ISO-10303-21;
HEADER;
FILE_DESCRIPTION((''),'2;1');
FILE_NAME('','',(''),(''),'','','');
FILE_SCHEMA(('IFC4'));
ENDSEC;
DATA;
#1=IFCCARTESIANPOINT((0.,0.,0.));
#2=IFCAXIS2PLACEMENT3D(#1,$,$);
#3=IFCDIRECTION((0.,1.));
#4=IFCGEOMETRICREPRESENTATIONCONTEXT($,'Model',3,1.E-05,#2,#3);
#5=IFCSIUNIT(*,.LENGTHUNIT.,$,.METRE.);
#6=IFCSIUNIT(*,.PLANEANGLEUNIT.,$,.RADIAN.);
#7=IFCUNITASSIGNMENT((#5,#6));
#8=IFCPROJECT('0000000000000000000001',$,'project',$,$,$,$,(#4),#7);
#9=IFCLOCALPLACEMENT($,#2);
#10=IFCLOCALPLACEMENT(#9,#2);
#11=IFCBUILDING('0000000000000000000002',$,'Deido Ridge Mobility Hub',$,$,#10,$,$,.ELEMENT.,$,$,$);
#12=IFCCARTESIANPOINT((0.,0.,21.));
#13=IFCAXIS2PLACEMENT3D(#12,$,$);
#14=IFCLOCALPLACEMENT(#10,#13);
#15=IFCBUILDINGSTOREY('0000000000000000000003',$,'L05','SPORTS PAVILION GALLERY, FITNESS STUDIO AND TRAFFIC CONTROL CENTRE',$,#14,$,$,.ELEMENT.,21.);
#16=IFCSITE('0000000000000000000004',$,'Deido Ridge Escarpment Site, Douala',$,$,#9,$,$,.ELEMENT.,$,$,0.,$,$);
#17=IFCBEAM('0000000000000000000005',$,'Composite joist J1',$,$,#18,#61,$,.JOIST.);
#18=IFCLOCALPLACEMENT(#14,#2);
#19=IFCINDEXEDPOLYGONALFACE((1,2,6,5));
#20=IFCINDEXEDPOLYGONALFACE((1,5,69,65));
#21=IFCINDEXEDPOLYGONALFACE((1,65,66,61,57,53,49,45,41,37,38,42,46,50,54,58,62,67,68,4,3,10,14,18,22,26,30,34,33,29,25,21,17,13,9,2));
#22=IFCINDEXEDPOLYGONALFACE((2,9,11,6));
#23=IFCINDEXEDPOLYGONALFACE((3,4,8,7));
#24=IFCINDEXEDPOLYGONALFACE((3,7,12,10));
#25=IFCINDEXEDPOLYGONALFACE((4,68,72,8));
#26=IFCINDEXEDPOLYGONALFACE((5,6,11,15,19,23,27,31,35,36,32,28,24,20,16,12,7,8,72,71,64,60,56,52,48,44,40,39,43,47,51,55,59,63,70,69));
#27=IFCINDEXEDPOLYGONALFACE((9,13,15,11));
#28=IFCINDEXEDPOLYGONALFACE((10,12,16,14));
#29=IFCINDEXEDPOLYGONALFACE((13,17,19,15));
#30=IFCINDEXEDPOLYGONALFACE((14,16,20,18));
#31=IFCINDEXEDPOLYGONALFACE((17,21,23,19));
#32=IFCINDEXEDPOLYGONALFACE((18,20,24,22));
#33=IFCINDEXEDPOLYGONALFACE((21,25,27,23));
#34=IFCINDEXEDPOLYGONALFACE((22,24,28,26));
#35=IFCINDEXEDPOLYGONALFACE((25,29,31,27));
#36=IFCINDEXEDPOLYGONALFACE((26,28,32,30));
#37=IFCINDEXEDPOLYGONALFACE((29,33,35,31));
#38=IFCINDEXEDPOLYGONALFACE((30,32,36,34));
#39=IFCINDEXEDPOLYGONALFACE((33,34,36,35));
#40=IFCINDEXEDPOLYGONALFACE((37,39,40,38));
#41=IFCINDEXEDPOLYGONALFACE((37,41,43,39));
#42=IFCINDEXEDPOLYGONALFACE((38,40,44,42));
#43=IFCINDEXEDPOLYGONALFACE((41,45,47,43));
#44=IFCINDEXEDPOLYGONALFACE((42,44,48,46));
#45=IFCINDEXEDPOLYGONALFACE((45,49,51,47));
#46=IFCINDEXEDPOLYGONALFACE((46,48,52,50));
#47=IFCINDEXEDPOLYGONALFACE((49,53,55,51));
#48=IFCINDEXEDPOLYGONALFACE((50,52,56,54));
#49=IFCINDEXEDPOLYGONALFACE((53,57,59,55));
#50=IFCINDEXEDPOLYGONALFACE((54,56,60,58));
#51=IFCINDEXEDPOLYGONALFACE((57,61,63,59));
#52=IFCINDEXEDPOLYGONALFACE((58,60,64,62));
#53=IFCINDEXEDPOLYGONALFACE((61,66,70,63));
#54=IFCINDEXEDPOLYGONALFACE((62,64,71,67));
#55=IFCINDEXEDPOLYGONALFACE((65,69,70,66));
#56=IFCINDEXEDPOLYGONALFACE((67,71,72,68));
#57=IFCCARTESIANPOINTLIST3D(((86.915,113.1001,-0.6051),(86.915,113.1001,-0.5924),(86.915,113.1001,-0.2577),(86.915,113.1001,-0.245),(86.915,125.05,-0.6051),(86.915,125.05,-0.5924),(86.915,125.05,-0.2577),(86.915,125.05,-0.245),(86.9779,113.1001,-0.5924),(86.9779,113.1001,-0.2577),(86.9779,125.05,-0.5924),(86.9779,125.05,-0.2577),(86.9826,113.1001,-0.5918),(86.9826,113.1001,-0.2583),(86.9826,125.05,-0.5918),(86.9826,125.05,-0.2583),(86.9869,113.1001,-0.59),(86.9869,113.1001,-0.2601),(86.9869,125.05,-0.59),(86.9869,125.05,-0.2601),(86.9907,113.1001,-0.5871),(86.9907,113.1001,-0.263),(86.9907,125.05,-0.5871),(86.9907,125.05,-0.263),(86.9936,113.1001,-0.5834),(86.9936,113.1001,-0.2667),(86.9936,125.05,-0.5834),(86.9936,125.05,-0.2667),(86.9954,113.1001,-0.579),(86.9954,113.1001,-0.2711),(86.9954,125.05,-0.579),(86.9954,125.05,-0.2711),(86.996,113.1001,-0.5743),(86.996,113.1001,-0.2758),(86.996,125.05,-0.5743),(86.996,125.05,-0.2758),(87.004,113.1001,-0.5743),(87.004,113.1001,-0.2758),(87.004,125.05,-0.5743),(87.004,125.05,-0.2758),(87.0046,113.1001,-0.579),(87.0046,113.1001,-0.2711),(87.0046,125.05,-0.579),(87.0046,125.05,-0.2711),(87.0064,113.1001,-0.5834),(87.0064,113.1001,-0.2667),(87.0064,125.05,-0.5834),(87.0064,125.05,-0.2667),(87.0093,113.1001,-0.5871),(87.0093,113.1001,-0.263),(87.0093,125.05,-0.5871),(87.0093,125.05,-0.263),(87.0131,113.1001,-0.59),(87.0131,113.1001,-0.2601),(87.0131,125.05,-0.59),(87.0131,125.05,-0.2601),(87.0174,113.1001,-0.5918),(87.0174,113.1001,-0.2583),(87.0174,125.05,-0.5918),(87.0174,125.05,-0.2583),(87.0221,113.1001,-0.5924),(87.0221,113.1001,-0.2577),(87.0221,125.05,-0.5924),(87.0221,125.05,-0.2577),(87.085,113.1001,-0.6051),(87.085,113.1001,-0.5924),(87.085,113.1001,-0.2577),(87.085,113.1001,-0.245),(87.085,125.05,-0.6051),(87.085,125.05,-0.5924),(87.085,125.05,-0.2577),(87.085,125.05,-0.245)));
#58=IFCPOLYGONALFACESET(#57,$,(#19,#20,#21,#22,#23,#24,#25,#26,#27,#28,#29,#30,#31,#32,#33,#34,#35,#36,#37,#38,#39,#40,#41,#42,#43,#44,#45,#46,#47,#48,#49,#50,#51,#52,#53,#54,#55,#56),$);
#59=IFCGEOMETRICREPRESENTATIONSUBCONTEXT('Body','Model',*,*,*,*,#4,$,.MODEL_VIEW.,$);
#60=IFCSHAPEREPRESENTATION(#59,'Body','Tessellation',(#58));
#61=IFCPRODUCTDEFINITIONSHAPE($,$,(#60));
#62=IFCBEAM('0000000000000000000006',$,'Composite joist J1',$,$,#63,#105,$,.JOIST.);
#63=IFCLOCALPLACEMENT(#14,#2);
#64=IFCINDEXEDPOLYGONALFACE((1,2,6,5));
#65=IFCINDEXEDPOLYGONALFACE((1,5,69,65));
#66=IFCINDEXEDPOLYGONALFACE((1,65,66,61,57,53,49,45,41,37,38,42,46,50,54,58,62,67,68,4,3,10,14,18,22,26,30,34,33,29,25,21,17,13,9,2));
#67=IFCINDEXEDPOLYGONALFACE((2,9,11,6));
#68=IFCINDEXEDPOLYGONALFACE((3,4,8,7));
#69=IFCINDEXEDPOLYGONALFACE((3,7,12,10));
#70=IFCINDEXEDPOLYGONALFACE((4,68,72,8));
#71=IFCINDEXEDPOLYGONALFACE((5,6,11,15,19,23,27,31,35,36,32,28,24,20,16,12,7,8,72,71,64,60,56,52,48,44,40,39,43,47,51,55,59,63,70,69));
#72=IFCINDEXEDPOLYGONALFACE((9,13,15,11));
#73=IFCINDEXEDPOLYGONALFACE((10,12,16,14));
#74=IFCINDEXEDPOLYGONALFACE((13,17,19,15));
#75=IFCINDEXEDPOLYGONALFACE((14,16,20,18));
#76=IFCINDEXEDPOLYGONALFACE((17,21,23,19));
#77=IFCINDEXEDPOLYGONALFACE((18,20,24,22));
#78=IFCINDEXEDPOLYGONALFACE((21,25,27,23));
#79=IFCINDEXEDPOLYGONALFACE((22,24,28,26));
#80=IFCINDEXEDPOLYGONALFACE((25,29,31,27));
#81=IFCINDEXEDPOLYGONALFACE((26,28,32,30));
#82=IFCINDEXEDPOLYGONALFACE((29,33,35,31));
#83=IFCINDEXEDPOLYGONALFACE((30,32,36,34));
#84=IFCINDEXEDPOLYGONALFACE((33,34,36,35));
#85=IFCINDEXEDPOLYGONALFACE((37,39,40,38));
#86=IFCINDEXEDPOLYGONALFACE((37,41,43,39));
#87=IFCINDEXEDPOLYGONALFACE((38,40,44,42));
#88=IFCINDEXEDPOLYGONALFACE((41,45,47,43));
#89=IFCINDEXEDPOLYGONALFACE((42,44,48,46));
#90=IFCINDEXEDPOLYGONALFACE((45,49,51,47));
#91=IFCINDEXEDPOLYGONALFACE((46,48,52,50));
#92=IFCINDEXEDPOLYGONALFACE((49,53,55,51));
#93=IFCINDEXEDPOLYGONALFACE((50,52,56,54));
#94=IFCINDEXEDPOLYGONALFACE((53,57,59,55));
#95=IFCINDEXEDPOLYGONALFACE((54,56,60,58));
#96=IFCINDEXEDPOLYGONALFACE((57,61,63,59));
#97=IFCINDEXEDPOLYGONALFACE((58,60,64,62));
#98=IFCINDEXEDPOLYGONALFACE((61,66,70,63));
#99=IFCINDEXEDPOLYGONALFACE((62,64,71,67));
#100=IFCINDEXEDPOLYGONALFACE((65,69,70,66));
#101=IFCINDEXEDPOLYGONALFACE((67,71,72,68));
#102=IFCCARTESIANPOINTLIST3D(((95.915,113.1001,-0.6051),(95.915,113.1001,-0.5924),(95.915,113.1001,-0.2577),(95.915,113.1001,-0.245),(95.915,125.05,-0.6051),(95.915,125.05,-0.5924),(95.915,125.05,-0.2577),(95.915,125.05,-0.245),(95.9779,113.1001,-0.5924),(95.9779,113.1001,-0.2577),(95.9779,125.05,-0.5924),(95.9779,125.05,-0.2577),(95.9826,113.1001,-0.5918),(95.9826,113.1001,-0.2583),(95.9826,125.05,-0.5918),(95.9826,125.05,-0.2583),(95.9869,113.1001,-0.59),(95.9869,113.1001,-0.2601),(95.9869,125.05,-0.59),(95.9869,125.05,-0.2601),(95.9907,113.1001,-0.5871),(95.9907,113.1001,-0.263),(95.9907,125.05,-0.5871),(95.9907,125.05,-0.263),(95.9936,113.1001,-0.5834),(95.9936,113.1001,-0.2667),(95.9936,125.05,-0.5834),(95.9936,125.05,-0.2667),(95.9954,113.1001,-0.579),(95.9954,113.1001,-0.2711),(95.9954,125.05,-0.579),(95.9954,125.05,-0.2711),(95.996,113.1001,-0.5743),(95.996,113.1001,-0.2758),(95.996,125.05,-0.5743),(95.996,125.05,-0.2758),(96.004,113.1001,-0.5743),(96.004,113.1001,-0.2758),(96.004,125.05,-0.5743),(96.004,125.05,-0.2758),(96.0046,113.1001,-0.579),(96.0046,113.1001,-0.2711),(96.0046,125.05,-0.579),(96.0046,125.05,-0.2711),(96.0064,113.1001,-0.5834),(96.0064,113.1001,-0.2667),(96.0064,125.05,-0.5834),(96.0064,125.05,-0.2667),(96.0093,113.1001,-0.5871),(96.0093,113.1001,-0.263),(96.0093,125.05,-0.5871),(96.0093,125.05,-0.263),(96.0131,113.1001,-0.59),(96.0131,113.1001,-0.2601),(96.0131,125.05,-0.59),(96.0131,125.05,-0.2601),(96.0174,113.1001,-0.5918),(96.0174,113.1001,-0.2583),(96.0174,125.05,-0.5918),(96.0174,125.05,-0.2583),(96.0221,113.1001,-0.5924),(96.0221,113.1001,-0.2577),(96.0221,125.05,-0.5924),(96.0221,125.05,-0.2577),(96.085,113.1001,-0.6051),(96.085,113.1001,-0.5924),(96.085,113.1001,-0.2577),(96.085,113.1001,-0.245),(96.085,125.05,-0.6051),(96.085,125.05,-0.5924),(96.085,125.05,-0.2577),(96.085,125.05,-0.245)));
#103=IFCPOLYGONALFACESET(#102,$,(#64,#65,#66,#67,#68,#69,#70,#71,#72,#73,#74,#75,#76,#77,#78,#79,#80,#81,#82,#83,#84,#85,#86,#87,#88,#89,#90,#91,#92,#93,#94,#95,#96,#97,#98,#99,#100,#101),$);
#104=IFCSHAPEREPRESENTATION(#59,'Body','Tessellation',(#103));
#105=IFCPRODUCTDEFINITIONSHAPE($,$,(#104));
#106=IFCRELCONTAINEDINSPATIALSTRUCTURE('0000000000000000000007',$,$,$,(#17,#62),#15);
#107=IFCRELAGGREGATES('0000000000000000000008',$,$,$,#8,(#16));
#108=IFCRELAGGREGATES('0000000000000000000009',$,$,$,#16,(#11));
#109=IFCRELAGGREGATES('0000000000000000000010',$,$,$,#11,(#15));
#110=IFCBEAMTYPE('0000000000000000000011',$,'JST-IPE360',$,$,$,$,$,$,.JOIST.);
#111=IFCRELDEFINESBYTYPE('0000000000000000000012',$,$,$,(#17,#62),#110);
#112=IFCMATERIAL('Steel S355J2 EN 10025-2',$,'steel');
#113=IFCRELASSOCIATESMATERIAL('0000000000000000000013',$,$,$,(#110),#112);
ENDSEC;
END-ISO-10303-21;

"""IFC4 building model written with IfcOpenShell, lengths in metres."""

from ifc_helpers import new_model, si_unit, direction, frame, origin, origin_2d, place, context, subcontext, project, spatial, i_section, extrude, material, material_profile, profile_set, type_object, element, save


model = new_model("IFC4")

# Units and contexts
model_context = context("Model", 3, precision=1e-05, world=origin(), true_north=direction((0.0, 1.0)))
body_context = subcontext(model_context, "Body", "Model", "MODEL_VIEW")
ifc_project = project(units=[si_unit("LENGTHUNIT", "METRE"), si_unit("PLANEANGLEUNIT", "RADIAN")], contexts=[model_context])

# Site, building, storey
site_placement = place(None, origin())
site = spatial("IfcSite", under=ifc_project, at=site_placement, Name="Deido Ridge Escarpment Site, Douala", CompositionType="ELEMENT", RefElevation=0.0)
building_placement = place(site_placement, origin())
building = spatial("IfcBuilding", under=site, at=building_placement, Name="Deido Ridge Mobility Hub", CompositionType="ELEMENT")
storey_placement = place(building_placement, frame((0.0, 0.0, 21.0)))
storey = spatial("IfcBuildingStorey", under=building, at=storey_placement, Name="L05", Description="SPORTS PAVILION GALLERY, FITNESS STUDIO AND TRAFFIC CONTROL CENTRE", CompositionType="ELEMENT", Elevation=21.0)

# Beams
ifc_material = material(Name="Steel S355J2 EN 10025-2", Category="steel")
ifc_material_profile_1 = material_profile(ifc_material, i_section(OverallWidth=0.1699, OverallDepth=0.3601, WebThickness=0.0081, FlangeThickness=0.0127, FilletRadius=0.0181, at=origin_2d()), Name="IPE 360")
ifc_profile_set_1 = profile_set([ifc_material_profile_1], Name="Steel S355J2 EN 10025-2")
beam_type_1 = type_object("IfcBeamType", Name="JST-IPE360", PredefinedType="JOIST", material=ifc_profile_set_1)
for number, where, z_axis, x_axis, name in (
    (1, (87.0, 113.1001, -0.425), (0.0, 1.0, 0.0), (-1.0, 0.0, 0.0), "Composite joist J1"),
    (2, (96.0, 113.1001, -0.425), (0.0, 1.0, 0.0), (-1.0, 0.0, 0.0), "Composite joist J1"),
):
    element("IfcBeam", number, at=place(storey_placement, frame(where, z_axis=z_axis, x_axis=x_axis)), inside=storey, type_object=beam_type_1, Name=name, PredefinedType="JOIST", context=body_context, shape_type="SweptSolid", body=[
        extrude(i_section(OverallWidth=0.1699, OverallDepth=0.3601, WebThickness=0.0081, FlangeThickness=0.0127, FilletRadius=0.0181, at=origin_2d()), origin(), (0.0, 0.0, 1.0), 11.95),
    ])

save(model, "model.ifc")
